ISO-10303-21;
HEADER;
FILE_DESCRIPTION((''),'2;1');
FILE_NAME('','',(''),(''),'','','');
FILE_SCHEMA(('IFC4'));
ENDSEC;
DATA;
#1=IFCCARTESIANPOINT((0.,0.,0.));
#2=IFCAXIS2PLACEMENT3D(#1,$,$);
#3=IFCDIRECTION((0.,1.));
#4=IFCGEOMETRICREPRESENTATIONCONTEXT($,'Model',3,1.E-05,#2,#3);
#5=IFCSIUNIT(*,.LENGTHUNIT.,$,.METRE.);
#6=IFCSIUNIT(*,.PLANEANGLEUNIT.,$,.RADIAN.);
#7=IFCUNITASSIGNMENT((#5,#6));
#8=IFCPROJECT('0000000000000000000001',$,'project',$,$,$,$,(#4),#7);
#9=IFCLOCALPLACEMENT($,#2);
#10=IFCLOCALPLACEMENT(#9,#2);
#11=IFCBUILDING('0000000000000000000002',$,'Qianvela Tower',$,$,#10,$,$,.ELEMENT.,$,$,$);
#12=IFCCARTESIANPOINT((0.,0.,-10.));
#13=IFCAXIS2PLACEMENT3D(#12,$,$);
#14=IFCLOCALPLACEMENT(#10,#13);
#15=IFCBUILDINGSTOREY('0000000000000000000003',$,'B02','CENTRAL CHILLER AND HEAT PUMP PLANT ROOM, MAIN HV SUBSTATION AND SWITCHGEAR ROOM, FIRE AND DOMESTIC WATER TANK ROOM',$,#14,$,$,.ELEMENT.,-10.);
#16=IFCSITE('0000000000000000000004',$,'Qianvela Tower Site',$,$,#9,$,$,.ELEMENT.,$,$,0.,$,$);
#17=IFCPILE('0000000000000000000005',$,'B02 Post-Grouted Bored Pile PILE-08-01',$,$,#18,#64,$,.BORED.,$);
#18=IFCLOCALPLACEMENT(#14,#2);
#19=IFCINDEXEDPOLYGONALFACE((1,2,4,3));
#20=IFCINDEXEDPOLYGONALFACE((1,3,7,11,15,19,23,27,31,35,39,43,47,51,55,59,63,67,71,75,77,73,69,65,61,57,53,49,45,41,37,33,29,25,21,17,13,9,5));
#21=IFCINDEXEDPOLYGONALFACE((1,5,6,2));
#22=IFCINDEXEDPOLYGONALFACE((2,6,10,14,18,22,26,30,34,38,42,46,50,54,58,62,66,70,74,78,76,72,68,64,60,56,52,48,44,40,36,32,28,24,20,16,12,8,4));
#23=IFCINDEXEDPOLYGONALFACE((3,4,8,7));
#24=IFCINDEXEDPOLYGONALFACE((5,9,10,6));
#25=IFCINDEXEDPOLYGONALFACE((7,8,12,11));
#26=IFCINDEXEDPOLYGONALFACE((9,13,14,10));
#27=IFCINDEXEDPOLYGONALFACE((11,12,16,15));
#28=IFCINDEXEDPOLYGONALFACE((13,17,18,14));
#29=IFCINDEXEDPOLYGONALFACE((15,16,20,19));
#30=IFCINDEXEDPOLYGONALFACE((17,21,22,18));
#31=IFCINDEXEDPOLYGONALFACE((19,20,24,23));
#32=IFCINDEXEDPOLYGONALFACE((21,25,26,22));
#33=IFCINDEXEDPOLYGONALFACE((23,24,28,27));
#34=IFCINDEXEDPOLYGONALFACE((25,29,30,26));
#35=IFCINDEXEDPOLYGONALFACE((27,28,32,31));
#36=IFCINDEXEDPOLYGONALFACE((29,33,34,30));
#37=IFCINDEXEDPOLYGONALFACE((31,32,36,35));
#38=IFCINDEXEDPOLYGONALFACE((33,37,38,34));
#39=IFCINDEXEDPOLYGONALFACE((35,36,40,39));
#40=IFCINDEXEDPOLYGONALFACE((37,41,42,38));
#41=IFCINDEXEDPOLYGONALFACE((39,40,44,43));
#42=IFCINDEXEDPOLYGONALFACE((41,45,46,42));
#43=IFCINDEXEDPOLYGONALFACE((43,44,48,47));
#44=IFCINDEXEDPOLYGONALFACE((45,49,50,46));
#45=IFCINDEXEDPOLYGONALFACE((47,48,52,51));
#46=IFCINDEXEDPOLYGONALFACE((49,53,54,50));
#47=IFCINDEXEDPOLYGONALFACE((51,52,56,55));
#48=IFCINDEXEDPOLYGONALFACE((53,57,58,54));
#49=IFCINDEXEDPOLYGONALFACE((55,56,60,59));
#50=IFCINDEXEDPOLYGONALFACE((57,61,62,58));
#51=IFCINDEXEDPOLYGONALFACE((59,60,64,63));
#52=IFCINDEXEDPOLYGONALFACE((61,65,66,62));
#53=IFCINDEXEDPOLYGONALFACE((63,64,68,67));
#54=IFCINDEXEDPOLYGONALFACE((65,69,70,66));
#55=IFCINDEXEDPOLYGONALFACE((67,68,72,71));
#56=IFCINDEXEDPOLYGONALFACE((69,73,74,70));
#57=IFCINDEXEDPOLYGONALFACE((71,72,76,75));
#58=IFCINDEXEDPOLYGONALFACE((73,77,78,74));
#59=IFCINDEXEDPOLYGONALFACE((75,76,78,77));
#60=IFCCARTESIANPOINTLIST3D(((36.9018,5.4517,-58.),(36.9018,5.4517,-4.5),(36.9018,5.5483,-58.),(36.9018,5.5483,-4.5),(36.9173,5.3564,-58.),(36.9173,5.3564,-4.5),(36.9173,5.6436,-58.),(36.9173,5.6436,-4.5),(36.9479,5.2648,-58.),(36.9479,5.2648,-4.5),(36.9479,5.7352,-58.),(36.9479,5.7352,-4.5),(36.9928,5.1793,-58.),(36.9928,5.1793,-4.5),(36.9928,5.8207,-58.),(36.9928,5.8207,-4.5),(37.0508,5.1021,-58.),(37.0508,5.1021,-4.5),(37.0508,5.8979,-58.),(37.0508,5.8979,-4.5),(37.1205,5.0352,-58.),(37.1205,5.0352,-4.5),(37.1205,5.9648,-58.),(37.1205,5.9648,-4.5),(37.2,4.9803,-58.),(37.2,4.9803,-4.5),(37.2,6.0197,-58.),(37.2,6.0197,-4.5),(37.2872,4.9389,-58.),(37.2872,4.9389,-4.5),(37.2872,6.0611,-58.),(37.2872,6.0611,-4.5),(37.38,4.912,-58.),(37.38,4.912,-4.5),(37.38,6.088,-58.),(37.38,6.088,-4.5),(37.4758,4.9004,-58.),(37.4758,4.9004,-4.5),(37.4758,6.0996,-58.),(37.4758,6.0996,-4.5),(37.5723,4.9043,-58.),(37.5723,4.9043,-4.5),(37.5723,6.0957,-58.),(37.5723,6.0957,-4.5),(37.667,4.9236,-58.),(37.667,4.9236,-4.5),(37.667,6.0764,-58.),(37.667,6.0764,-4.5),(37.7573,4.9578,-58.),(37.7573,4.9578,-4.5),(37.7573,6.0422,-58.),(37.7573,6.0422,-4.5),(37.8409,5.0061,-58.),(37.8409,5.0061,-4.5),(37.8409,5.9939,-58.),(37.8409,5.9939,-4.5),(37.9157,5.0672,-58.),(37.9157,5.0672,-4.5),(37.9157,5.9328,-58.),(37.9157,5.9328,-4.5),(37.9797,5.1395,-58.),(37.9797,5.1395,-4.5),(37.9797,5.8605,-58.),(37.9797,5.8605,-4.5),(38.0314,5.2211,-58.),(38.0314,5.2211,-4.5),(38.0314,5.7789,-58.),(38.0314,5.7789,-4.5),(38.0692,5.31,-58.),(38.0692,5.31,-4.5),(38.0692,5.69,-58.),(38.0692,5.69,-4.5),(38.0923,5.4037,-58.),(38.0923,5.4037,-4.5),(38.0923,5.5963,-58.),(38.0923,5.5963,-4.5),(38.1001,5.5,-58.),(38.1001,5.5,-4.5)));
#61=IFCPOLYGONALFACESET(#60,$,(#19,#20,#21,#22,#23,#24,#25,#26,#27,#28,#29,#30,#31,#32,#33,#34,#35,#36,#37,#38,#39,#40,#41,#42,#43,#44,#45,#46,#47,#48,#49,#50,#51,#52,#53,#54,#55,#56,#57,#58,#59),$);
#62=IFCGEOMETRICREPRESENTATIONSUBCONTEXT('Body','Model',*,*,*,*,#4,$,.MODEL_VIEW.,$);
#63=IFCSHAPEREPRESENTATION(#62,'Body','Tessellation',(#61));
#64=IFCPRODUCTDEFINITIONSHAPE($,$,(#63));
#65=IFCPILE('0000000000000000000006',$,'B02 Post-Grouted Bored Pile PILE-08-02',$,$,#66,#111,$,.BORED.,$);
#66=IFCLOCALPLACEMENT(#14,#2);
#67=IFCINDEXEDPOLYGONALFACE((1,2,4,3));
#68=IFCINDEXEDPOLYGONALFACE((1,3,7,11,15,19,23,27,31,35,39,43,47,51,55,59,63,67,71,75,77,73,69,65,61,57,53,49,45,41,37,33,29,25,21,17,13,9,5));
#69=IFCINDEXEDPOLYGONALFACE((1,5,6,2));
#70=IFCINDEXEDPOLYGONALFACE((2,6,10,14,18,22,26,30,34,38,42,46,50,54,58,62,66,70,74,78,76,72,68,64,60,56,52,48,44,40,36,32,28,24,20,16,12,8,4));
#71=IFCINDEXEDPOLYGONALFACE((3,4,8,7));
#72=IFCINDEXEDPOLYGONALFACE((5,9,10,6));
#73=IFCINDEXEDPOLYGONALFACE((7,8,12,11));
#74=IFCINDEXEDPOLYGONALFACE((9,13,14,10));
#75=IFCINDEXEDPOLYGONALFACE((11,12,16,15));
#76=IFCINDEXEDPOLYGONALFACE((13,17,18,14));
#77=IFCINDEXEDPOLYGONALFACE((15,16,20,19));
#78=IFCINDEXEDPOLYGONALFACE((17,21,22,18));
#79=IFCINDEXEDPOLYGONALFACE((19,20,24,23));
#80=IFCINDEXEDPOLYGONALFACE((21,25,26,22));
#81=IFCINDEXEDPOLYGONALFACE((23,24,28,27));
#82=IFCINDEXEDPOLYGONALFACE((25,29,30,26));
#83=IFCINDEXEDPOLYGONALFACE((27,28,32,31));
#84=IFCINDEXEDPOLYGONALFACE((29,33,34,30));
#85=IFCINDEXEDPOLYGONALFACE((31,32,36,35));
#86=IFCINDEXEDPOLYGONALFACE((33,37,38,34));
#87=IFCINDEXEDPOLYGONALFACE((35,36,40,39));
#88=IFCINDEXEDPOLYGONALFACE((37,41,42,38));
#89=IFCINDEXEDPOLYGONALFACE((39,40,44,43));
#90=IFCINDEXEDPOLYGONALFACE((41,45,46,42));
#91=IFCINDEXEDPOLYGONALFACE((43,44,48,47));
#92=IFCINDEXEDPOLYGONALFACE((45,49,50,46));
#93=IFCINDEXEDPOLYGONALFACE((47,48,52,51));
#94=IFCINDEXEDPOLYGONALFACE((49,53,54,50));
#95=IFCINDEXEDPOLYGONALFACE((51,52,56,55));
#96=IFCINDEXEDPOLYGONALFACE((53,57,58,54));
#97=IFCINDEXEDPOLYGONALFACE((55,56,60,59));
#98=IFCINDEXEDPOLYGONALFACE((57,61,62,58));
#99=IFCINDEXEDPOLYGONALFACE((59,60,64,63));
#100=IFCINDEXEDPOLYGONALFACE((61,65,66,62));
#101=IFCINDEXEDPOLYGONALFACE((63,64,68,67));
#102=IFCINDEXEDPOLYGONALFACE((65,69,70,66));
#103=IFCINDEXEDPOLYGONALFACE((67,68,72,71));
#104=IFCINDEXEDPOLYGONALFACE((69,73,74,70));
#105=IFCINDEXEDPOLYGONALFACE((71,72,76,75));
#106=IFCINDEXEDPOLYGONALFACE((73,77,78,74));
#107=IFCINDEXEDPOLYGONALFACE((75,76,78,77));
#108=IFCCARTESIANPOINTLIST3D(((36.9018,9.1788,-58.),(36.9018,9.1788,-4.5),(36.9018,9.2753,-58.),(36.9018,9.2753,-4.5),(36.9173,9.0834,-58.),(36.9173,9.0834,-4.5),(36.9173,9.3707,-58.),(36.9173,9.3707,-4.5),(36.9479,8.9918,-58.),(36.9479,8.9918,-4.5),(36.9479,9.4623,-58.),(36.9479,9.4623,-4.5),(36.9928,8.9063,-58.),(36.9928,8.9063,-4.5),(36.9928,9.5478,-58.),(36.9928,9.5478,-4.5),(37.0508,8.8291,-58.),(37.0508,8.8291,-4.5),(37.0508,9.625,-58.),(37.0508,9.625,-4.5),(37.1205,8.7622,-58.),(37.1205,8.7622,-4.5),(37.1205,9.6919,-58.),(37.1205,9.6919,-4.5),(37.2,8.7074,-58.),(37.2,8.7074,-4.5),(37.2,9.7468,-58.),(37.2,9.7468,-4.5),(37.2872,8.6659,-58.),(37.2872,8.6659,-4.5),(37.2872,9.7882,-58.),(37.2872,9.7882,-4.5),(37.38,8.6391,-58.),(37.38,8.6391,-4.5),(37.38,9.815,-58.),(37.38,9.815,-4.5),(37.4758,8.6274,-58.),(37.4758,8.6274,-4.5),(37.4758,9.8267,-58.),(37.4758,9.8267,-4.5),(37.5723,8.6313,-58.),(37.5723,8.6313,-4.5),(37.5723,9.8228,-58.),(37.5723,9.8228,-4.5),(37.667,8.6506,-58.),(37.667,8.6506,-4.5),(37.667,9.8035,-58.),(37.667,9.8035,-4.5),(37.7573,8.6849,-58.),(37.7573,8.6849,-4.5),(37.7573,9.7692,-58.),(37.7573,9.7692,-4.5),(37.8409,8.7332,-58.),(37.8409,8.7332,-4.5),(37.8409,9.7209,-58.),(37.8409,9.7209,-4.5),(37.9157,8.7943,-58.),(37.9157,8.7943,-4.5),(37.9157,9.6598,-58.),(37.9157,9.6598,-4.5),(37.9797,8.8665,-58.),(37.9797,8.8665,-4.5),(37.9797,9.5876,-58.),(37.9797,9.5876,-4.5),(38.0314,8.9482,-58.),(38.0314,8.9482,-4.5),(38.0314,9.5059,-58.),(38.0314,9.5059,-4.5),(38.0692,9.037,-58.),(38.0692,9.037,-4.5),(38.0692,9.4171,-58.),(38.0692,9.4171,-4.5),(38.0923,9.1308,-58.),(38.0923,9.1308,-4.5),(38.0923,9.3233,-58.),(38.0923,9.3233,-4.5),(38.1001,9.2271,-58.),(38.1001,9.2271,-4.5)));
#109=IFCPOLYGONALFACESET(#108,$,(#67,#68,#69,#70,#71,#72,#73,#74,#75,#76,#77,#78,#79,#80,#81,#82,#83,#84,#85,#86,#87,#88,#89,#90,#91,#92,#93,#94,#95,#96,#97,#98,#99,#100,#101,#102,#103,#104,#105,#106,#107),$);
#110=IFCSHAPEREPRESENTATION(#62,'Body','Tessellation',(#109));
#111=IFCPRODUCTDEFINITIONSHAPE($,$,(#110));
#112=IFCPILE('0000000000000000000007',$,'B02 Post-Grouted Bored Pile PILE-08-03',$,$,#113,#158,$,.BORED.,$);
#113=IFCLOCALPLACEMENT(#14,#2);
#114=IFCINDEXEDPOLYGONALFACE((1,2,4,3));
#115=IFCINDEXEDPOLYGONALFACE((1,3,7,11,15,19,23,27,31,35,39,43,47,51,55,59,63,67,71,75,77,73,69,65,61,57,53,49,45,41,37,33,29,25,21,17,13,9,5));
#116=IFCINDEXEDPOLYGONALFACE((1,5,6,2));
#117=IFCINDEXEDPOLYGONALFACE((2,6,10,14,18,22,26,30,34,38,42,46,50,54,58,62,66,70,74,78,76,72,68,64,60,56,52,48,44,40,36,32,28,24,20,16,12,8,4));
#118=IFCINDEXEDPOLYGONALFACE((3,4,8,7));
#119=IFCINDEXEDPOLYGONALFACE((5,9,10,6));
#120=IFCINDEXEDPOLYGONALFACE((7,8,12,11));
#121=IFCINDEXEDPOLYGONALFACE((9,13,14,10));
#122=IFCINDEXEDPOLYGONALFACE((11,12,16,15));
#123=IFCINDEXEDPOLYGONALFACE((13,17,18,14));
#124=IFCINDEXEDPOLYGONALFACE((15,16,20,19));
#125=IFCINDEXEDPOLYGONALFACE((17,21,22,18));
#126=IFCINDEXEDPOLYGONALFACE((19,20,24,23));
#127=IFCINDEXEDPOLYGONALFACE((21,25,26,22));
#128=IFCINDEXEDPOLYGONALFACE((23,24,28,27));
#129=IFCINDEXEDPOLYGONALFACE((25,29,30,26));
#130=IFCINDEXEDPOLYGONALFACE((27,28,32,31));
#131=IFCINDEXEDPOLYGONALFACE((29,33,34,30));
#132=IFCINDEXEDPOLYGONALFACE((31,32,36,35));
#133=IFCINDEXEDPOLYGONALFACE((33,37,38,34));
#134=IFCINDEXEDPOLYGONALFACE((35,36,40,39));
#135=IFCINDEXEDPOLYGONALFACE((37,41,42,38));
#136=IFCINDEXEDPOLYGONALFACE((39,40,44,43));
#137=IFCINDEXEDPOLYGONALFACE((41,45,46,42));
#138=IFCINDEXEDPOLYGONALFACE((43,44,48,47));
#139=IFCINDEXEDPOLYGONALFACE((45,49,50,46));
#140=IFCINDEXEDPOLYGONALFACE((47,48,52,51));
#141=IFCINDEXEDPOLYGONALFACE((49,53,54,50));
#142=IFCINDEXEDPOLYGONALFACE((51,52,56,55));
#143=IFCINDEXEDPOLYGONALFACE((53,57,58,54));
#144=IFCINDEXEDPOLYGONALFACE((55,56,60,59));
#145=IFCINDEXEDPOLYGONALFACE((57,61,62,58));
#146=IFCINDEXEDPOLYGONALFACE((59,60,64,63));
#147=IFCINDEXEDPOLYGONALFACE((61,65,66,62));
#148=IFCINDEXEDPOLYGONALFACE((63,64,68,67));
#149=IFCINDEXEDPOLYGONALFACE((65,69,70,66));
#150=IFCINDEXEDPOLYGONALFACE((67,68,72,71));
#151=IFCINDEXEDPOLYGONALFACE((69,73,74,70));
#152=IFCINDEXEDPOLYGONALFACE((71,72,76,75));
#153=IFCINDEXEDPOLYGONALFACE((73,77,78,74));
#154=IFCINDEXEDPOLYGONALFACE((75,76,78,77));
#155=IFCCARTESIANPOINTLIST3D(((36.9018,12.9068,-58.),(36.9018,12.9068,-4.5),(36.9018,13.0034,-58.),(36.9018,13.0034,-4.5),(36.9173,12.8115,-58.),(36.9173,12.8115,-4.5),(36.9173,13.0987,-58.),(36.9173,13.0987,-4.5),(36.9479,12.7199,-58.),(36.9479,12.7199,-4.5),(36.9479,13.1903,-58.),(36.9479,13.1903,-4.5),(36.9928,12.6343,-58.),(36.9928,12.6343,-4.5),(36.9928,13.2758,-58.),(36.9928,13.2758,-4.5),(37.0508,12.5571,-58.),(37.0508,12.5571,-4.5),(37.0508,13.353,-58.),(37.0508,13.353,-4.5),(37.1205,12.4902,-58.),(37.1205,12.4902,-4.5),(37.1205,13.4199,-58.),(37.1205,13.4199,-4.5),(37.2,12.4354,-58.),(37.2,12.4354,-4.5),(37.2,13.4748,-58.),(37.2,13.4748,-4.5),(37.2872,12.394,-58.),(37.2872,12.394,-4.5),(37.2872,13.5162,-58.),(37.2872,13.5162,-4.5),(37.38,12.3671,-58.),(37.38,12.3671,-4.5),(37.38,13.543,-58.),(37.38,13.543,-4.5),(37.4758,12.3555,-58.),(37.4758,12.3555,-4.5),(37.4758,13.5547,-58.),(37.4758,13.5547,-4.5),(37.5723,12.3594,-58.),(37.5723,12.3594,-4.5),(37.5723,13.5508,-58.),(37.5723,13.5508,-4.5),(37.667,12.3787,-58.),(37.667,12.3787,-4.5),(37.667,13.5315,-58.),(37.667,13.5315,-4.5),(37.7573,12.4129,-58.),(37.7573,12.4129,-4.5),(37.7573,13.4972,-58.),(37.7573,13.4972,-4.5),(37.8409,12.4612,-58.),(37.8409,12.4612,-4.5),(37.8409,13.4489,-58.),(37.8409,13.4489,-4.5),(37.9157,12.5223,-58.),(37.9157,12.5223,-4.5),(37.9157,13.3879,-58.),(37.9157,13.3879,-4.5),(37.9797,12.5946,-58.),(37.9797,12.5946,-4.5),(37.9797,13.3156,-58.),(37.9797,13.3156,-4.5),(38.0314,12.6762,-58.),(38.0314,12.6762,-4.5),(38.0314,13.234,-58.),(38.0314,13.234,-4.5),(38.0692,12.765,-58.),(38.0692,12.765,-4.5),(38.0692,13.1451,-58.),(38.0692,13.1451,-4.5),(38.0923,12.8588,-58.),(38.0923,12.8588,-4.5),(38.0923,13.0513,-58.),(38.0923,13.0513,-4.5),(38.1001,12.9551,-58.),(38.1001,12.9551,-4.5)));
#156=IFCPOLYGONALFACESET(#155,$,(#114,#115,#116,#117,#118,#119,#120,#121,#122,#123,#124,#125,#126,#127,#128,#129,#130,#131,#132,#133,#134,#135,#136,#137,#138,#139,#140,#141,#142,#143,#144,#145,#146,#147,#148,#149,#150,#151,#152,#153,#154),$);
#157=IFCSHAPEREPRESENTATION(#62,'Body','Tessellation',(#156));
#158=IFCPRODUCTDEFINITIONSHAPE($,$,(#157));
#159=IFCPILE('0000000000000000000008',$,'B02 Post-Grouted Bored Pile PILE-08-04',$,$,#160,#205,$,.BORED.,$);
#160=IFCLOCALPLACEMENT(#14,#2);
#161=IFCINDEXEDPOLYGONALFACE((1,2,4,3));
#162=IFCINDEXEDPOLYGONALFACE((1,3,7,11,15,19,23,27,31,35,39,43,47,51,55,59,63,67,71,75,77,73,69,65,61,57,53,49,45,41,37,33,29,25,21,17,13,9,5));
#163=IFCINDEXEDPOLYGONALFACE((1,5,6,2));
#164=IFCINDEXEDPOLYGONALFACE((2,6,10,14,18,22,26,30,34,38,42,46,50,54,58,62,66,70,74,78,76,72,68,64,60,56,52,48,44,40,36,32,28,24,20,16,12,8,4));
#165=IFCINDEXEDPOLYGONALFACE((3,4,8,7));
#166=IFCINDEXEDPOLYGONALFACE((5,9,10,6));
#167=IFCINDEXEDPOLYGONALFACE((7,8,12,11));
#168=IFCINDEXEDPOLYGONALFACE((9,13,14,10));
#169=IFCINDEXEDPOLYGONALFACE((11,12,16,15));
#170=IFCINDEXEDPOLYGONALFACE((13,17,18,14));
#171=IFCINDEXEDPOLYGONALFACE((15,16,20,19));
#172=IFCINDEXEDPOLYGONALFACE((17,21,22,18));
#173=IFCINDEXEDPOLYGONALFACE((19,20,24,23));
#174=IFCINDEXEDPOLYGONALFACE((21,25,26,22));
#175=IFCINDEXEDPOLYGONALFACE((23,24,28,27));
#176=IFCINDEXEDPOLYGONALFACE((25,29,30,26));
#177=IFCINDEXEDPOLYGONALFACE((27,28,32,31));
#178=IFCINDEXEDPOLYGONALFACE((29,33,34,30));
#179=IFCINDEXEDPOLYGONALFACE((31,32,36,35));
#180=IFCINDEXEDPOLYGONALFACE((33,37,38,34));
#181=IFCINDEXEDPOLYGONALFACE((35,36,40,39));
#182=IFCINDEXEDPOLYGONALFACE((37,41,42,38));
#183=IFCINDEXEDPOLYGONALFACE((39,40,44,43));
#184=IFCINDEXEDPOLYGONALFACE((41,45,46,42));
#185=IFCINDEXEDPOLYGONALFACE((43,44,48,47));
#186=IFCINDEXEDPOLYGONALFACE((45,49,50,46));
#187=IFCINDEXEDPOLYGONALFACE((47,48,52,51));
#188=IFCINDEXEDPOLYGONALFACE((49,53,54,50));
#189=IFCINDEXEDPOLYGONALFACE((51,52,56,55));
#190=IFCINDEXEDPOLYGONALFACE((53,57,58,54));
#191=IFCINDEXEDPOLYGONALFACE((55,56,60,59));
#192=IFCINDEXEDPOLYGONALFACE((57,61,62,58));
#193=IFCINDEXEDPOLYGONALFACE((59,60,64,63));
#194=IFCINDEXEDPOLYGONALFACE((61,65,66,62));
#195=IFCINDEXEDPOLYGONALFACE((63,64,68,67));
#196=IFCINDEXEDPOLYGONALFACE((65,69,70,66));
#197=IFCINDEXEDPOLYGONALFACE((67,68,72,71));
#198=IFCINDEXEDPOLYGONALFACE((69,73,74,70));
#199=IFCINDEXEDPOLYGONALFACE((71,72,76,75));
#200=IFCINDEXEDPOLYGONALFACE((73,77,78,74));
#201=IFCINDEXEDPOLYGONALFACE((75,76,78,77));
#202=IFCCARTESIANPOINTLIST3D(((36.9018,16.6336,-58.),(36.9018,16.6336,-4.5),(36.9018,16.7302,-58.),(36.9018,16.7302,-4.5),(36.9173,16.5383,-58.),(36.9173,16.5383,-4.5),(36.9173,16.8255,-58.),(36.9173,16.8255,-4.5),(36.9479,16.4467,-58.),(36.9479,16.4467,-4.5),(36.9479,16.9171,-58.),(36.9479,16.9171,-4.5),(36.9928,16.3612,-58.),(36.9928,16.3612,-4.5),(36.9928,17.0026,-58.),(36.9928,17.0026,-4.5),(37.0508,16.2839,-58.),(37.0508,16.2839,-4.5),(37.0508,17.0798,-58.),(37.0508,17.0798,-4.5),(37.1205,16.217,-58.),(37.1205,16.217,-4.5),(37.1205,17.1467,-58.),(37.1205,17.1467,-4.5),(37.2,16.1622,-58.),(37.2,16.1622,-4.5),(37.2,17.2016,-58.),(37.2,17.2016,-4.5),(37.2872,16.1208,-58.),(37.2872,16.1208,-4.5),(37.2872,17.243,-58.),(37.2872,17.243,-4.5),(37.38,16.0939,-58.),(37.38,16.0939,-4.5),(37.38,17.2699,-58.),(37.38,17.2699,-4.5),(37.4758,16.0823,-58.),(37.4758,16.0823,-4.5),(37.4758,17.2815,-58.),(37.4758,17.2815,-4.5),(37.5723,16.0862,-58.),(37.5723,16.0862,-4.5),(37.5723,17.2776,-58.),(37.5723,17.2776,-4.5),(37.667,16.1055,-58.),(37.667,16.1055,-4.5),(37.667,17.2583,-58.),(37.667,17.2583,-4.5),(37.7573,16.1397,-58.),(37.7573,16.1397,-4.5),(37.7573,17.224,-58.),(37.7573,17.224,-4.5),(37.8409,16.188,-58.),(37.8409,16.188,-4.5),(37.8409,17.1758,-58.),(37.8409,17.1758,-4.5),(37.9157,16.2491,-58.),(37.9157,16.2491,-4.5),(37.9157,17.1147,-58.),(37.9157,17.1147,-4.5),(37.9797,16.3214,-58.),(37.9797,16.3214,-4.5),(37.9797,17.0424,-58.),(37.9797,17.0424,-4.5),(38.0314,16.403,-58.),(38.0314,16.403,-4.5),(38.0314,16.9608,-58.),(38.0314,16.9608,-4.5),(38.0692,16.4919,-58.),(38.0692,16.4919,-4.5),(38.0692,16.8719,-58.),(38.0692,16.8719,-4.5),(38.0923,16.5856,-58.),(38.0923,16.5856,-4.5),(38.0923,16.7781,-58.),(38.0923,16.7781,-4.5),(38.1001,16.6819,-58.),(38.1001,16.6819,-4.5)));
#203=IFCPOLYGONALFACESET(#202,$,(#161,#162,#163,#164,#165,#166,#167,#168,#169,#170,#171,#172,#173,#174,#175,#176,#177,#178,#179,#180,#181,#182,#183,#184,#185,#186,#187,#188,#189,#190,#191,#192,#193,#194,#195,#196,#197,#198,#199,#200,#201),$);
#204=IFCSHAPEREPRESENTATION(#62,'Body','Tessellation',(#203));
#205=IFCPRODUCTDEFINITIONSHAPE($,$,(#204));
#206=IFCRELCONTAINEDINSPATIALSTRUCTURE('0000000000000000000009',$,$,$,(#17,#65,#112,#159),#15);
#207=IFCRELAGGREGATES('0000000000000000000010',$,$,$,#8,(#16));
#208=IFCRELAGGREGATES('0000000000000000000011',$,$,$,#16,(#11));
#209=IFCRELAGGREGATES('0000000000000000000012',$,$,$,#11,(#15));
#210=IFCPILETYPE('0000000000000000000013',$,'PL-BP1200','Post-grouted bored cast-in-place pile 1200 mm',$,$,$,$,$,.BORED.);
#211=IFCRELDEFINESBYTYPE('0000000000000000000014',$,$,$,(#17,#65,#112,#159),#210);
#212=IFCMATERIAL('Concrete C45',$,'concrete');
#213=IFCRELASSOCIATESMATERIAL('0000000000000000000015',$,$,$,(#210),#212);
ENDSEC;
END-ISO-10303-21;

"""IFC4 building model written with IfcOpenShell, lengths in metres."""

from ifc_helpers import new_model, si_unit, direction, frame, origin, origin_2d, place, context, subcontext, project, spatial, circle, extrude, material, material_profile, profile_set, type_object, element, save


model = new_model("IFC4")

# Units and contexts
model_context = context("Model", 3, precision=1e-05, world=origin(), true_north=direction((0.0, 1.0)))
body_context = subcontext(model_context, "Body", "Model", "MODEL_VIEW")
ifc_project = project(units=[si_unit("LENGTHUNIT", "METRE"), si_unit("PLANEANGLEUNIT", "RADIAN")], contexts=[model_context])

# Site, building, storey
site_placement = place(None, origin())
site = spatial("IfcSite", under=ifc_project, at=site_placement, Name="Qianvela Tower Site", CompositionType="ELEMENT", RefElevation=0.0)
building_placement = place(site_placement, origin())
building = spatial("IfcBuilding", under=site, at=building_placement, Name="Qianvela Tower", CompositionType="ELEMENT")
storey_placement = place(building_placement, frame((0.0, 0.0, -10.0)))
storey = spatial("IfcBuildingStorey", under=building, at=storey_placement, Name="B02", Description="CENTRAL CHILLER AND HEAT PUMP PLANT ROOM, MAIN HV SUBSTATION AND SWITCHGEAR ROOM, FIRE AND DOMESTIC WATER TANK ROOM", CompositionType="ELEMENT", Elevation=-10.0)

# Piles
ifc_material_1 = material(Name="Concrete C45", Category="concrete")
ifc_material_profile_1 = material_profile(ifc_material_1, circle(Radius=0.6001, at=origin_2d()), Name="BP-1200")
ifc_profile_set_1 = profile_set([ifc_material_profile_1], Name="Concrete C45")
pile_type = type_object("IfcPileType", Name="PL-BP1200", Description="Post-grouted bored cast-in-place pile 1200 mm", PredefinedType="BORED", material=ifc_profile_set_1)
for number, where, z_axis, x_axis, name in (
    (1, (37.5, 5.5, -4.5), (0.0, 0.0, -1.0), (1.0, 0.0, 0.0), "B02 Post-Grouted Bored Pile PILE-08-01"),
    (2, (37.5, 9.2271, -4.5), (0.0, 0.0, -1.0), (1.0, 0.0, 0.0), "B02 Post-Grouted Bored Pile PILE-08-02"),
    (3, (37.5, 12.9551, -4.5), (0.0, 0.0, -1.0), (1.0, 0.0, 0.0), "B02 Post-Grouted Bored Pile PILE-08-03"),
    (4, (37.5, 16.6819, -4.5), (0.0, 0.0, -1.0), (1.0, 0.0, 0.0), "B02 Post-Grouted Bored Pile PILE-08-04"),
):
    element("IfcPile", number, at=place(storey_placement, frame(where, z_axis=z_axis, x_axis=x_axis)), inside=storey, type_object=pile_type, Name=name, PredefinedType="BORED", context=body_context, shape_type="SweptSolid", body=[
        extrude(circle(Radius=0.6001, at=origin_2d()), origin(), (0.0, 0.0, 1.0), 53.5),
    ])

save(model, "model.ifc")
